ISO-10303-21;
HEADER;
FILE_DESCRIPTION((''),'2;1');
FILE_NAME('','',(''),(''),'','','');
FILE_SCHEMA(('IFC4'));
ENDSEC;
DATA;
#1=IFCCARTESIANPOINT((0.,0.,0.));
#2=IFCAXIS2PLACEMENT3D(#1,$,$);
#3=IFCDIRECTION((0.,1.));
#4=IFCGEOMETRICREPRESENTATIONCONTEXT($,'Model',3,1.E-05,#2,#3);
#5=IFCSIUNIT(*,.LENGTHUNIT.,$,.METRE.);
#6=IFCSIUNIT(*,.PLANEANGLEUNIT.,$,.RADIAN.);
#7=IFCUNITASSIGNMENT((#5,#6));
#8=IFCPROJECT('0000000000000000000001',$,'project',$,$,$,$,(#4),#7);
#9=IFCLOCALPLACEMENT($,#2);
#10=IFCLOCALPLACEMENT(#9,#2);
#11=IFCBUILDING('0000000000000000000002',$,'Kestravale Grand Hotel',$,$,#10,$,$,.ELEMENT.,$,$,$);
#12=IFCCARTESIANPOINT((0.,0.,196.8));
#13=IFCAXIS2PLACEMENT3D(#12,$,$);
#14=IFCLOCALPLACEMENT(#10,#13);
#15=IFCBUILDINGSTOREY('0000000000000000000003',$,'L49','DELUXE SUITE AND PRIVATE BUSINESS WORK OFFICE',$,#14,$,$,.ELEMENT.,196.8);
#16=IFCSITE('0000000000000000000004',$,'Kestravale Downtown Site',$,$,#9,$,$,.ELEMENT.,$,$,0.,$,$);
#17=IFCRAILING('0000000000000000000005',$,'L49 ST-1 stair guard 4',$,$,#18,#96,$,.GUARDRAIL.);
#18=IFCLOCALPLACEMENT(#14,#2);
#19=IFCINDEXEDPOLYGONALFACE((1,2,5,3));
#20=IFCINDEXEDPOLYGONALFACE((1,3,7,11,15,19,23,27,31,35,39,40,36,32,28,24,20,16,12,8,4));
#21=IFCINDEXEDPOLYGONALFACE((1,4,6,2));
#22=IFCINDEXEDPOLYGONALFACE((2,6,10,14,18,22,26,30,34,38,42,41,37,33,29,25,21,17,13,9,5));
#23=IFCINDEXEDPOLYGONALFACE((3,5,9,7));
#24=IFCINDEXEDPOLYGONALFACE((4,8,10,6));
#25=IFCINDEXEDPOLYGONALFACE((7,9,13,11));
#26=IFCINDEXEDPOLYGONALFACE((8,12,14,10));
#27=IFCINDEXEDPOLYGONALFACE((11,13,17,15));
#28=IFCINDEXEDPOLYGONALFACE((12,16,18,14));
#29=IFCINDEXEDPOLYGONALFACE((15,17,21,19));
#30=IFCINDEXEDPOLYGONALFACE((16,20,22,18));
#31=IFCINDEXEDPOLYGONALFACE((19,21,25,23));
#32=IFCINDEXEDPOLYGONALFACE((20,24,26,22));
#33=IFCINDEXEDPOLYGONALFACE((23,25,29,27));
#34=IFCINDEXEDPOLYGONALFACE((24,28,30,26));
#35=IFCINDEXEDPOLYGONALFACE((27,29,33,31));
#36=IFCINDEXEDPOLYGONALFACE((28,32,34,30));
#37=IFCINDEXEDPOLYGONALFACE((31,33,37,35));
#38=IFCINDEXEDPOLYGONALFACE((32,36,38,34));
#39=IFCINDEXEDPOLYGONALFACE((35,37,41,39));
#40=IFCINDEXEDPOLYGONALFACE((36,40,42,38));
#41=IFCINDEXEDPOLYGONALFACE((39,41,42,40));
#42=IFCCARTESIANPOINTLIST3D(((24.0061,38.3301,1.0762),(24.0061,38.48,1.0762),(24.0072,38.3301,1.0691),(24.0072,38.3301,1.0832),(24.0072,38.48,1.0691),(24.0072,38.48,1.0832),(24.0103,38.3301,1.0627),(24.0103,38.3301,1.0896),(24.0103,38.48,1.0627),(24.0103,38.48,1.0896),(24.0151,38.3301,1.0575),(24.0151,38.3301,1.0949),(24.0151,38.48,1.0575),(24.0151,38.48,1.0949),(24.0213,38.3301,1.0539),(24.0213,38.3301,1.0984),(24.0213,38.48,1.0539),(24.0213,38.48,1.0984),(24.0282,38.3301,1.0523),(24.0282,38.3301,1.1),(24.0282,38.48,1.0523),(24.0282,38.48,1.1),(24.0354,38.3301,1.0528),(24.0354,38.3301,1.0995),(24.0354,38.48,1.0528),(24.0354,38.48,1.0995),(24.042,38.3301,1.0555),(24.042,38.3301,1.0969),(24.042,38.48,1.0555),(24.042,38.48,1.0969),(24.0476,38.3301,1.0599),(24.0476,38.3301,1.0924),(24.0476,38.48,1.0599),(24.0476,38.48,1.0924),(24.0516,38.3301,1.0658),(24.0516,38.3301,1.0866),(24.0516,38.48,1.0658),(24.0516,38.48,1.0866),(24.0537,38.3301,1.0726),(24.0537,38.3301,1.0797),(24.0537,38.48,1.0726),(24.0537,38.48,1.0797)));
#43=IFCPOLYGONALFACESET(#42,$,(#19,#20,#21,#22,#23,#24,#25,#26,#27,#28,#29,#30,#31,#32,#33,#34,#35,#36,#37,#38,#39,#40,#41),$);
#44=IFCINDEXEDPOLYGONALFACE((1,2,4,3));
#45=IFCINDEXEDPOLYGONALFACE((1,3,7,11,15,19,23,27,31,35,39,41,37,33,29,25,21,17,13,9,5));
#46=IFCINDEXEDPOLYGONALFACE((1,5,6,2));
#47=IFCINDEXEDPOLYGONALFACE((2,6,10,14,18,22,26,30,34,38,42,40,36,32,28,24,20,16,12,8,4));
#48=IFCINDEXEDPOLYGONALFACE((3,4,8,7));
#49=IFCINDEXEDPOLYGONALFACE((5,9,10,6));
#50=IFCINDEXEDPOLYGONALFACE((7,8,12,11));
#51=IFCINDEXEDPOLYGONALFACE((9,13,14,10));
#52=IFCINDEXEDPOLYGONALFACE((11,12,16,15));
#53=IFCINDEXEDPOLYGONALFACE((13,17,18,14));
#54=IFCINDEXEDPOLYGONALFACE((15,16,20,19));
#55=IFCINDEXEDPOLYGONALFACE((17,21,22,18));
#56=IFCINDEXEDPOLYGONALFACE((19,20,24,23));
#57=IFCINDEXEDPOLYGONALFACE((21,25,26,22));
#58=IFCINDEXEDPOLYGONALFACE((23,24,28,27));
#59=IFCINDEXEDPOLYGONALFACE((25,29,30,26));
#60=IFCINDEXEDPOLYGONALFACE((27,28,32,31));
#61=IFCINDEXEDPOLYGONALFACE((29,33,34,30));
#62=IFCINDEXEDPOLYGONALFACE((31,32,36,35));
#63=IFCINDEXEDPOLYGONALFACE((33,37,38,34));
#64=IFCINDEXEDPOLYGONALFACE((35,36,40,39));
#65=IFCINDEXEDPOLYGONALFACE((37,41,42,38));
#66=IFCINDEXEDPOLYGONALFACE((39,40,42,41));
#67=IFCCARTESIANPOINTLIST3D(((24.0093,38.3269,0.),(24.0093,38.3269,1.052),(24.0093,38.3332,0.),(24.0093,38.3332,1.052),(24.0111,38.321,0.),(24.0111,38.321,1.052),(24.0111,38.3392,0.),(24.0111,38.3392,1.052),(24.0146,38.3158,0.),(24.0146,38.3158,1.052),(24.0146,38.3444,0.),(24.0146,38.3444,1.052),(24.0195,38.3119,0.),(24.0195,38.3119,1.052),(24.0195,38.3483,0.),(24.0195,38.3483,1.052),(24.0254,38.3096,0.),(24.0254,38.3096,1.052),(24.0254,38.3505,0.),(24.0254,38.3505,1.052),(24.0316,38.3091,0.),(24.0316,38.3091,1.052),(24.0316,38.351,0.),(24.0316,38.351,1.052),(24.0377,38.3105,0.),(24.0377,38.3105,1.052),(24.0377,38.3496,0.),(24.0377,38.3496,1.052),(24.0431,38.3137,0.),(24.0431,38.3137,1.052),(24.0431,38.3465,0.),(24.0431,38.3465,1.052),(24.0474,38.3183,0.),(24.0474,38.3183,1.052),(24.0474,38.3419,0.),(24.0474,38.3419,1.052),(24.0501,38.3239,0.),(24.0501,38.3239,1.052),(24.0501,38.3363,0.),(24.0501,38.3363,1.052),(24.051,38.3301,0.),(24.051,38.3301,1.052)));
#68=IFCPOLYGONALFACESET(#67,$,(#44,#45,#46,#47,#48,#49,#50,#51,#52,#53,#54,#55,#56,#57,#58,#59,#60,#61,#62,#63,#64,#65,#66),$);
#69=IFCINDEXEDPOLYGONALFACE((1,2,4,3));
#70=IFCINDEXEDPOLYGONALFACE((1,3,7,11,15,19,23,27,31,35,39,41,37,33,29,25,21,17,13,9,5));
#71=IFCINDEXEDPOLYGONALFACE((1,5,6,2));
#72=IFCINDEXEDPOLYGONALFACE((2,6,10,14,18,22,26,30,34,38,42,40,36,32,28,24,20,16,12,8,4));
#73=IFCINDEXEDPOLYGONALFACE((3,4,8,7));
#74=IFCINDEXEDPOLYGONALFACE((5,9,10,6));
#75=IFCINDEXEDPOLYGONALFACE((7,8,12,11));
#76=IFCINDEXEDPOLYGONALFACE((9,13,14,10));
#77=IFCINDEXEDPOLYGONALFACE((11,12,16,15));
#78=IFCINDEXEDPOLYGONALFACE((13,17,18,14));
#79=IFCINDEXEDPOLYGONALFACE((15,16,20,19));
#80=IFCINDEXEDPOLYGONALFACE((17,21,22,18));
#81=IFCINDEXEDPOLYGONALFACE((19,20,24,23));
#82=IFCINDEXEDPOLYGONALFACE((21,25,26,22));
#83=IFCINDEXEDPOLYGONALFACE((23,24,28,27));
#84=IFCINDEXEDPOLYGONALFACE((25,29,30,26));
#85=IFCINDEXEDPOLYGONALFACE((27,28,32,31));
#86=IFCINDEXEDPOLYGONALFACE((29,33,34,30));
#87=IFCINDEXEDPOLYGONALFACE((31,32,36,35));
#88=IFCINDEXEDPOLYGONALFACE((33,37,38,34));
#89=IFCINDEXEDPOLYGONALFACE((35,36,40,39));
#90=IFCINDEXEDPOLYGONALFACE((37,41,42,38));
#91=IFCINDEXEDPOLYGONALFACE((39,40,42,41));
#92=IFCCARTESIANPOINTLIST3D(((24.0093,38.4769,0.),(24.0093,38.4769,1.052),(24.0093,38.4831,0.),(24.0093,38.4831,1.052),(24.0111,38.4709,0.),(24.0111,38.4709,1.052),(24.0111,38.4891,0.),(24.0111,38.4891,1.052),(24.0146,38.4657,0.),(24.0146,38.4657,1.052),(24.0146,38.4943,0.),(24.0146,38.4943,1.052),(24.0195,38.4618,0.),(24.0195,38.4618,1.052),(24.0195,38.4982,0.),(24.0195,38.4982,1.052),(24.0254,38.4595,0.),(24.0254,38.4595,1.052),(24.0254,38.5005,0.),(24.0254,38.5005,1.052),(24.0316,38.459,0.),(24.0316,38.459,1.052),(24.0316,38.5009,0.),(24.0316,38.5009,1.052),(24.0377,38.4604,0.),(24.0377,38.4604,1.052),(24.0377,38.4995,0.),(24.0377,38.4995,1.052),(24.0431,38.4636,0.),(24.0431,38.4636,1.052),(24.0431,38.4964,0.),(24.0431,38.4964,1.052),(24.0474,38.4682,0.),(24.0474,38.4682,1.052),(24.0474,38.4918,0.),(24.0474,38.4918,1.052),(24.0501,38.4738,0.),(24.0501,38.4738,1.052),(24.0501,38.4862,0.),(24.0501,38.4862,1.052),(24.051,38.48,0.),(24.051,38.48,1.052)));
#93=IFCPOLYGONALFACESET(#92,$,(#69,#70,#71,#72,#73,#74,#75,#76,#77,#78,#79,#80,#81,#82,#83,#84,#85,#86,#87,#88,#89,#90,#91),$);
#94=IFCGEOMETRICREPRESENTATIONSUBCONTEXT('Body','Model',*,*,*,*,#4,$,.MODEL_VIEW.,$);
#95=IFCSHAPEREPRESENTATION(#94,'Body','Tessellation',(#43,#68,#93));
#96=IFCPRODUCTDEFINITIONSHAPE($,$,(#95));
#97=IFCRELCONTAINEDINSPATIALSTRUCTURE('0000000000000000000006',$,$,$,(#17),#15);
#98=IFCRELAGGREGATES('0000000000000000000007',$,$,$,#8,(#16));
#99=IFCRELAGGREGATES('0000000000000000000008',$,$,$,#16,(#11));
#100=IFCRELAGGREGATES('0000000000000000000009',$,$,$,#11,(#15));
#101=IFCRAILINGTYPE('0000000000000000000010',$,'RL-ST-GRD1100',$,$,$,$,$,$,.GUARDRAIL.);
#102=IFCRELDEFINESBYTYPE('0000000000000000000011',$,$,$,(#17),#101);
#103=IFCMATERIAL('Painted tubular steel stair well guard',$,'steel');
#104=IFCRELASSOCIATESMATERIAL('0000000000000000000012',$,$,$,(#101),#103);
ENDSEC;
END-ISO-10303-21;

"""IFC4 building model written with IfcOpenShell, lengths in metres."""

from ifc_helpers import new_model, si_unit, direction, frame, origin, origin_2d, place, context, subcontext, project, spatial, circle, extrude, material, type_object, element, save


model = new_model("IFC4")

# Units and contexts
model_context = context("Model", 3, precision=1e-05, world=origin(), true_north=direction((0.0, 1.0)))
body_context = subcontext(model_context, "Body", "Model", "MODEL_VIEW")
ifc_project = project(units=[si_unit("LENGTHUNIT", "METRE"), si_unit("PLANEANGLEUNIT", "RADIAN")], contexts=[model_context])

# Site, building, storey
site_placement = place(None, origin())
site = spatial("IfcSite", under=ifc_project, at=site_placement, Name="Kestravale Downtown Site", CompositionType="ELEMENT", RefElevation=0.0)
building_placement = place(site_placement, origin())
building = spatial("IfcBuilding", under=site, at=building_placement, Name="Kestravale Grand Hotel", CompositionType="ELEMENT")
storey_placement = place(building_placement, frame((0.0, 0.0, 196.8)))
storey = spatial("IfcBuildingStorey", under=building, at=storey_placement, Name="L49", Description="DELUXE SUITE AND PRIVATE BUSINESS WORK OFFICE", CompositionType="ELEMENT", Elevation=196.8)

# Railing
ifc_material_1 = material(Name="Painted tubular steel stair well guard", Category="steel")
railing_type_1 = type_object("IfcRailingType", Name="RL-ST-GRD1100", PredefinedType="GUARDRAIL", material=ifc_material_1)
railing_1_placement = place(storey_placement, frame((24.03, 38.3301, 0.0)))
element("IfcRailing", 1, at=railing_1_placement, inside=storey, type_object=railing_type_1, Name="L49 ST-1 stair guard 4", PredefinedType="GUARDRAIL", context=body_context, shape_type="SweptSolid", body=[
    extrude(circle(Radius=0.0239, at=origin_2d()), frame((0.0, 0.0, 1.0762), z_axis=(0.0, 1.0, 0.0), x_axis=(-1.0, 0.0, 0.0)), (0.0, 0.0, 1.0), 0.1499),
    extrude(circle(Radius=0.021, at=origin_2d()), origin(), (0.0, 0.0, 1.0), 1.052),
    extrude(circle(Radius=0.021, at=origin_2d()), frame((0.0, 0.1499, 0.0)), (0.0, 0.0, 1.0), 1.052),
])

save(model, "model.ifc")
